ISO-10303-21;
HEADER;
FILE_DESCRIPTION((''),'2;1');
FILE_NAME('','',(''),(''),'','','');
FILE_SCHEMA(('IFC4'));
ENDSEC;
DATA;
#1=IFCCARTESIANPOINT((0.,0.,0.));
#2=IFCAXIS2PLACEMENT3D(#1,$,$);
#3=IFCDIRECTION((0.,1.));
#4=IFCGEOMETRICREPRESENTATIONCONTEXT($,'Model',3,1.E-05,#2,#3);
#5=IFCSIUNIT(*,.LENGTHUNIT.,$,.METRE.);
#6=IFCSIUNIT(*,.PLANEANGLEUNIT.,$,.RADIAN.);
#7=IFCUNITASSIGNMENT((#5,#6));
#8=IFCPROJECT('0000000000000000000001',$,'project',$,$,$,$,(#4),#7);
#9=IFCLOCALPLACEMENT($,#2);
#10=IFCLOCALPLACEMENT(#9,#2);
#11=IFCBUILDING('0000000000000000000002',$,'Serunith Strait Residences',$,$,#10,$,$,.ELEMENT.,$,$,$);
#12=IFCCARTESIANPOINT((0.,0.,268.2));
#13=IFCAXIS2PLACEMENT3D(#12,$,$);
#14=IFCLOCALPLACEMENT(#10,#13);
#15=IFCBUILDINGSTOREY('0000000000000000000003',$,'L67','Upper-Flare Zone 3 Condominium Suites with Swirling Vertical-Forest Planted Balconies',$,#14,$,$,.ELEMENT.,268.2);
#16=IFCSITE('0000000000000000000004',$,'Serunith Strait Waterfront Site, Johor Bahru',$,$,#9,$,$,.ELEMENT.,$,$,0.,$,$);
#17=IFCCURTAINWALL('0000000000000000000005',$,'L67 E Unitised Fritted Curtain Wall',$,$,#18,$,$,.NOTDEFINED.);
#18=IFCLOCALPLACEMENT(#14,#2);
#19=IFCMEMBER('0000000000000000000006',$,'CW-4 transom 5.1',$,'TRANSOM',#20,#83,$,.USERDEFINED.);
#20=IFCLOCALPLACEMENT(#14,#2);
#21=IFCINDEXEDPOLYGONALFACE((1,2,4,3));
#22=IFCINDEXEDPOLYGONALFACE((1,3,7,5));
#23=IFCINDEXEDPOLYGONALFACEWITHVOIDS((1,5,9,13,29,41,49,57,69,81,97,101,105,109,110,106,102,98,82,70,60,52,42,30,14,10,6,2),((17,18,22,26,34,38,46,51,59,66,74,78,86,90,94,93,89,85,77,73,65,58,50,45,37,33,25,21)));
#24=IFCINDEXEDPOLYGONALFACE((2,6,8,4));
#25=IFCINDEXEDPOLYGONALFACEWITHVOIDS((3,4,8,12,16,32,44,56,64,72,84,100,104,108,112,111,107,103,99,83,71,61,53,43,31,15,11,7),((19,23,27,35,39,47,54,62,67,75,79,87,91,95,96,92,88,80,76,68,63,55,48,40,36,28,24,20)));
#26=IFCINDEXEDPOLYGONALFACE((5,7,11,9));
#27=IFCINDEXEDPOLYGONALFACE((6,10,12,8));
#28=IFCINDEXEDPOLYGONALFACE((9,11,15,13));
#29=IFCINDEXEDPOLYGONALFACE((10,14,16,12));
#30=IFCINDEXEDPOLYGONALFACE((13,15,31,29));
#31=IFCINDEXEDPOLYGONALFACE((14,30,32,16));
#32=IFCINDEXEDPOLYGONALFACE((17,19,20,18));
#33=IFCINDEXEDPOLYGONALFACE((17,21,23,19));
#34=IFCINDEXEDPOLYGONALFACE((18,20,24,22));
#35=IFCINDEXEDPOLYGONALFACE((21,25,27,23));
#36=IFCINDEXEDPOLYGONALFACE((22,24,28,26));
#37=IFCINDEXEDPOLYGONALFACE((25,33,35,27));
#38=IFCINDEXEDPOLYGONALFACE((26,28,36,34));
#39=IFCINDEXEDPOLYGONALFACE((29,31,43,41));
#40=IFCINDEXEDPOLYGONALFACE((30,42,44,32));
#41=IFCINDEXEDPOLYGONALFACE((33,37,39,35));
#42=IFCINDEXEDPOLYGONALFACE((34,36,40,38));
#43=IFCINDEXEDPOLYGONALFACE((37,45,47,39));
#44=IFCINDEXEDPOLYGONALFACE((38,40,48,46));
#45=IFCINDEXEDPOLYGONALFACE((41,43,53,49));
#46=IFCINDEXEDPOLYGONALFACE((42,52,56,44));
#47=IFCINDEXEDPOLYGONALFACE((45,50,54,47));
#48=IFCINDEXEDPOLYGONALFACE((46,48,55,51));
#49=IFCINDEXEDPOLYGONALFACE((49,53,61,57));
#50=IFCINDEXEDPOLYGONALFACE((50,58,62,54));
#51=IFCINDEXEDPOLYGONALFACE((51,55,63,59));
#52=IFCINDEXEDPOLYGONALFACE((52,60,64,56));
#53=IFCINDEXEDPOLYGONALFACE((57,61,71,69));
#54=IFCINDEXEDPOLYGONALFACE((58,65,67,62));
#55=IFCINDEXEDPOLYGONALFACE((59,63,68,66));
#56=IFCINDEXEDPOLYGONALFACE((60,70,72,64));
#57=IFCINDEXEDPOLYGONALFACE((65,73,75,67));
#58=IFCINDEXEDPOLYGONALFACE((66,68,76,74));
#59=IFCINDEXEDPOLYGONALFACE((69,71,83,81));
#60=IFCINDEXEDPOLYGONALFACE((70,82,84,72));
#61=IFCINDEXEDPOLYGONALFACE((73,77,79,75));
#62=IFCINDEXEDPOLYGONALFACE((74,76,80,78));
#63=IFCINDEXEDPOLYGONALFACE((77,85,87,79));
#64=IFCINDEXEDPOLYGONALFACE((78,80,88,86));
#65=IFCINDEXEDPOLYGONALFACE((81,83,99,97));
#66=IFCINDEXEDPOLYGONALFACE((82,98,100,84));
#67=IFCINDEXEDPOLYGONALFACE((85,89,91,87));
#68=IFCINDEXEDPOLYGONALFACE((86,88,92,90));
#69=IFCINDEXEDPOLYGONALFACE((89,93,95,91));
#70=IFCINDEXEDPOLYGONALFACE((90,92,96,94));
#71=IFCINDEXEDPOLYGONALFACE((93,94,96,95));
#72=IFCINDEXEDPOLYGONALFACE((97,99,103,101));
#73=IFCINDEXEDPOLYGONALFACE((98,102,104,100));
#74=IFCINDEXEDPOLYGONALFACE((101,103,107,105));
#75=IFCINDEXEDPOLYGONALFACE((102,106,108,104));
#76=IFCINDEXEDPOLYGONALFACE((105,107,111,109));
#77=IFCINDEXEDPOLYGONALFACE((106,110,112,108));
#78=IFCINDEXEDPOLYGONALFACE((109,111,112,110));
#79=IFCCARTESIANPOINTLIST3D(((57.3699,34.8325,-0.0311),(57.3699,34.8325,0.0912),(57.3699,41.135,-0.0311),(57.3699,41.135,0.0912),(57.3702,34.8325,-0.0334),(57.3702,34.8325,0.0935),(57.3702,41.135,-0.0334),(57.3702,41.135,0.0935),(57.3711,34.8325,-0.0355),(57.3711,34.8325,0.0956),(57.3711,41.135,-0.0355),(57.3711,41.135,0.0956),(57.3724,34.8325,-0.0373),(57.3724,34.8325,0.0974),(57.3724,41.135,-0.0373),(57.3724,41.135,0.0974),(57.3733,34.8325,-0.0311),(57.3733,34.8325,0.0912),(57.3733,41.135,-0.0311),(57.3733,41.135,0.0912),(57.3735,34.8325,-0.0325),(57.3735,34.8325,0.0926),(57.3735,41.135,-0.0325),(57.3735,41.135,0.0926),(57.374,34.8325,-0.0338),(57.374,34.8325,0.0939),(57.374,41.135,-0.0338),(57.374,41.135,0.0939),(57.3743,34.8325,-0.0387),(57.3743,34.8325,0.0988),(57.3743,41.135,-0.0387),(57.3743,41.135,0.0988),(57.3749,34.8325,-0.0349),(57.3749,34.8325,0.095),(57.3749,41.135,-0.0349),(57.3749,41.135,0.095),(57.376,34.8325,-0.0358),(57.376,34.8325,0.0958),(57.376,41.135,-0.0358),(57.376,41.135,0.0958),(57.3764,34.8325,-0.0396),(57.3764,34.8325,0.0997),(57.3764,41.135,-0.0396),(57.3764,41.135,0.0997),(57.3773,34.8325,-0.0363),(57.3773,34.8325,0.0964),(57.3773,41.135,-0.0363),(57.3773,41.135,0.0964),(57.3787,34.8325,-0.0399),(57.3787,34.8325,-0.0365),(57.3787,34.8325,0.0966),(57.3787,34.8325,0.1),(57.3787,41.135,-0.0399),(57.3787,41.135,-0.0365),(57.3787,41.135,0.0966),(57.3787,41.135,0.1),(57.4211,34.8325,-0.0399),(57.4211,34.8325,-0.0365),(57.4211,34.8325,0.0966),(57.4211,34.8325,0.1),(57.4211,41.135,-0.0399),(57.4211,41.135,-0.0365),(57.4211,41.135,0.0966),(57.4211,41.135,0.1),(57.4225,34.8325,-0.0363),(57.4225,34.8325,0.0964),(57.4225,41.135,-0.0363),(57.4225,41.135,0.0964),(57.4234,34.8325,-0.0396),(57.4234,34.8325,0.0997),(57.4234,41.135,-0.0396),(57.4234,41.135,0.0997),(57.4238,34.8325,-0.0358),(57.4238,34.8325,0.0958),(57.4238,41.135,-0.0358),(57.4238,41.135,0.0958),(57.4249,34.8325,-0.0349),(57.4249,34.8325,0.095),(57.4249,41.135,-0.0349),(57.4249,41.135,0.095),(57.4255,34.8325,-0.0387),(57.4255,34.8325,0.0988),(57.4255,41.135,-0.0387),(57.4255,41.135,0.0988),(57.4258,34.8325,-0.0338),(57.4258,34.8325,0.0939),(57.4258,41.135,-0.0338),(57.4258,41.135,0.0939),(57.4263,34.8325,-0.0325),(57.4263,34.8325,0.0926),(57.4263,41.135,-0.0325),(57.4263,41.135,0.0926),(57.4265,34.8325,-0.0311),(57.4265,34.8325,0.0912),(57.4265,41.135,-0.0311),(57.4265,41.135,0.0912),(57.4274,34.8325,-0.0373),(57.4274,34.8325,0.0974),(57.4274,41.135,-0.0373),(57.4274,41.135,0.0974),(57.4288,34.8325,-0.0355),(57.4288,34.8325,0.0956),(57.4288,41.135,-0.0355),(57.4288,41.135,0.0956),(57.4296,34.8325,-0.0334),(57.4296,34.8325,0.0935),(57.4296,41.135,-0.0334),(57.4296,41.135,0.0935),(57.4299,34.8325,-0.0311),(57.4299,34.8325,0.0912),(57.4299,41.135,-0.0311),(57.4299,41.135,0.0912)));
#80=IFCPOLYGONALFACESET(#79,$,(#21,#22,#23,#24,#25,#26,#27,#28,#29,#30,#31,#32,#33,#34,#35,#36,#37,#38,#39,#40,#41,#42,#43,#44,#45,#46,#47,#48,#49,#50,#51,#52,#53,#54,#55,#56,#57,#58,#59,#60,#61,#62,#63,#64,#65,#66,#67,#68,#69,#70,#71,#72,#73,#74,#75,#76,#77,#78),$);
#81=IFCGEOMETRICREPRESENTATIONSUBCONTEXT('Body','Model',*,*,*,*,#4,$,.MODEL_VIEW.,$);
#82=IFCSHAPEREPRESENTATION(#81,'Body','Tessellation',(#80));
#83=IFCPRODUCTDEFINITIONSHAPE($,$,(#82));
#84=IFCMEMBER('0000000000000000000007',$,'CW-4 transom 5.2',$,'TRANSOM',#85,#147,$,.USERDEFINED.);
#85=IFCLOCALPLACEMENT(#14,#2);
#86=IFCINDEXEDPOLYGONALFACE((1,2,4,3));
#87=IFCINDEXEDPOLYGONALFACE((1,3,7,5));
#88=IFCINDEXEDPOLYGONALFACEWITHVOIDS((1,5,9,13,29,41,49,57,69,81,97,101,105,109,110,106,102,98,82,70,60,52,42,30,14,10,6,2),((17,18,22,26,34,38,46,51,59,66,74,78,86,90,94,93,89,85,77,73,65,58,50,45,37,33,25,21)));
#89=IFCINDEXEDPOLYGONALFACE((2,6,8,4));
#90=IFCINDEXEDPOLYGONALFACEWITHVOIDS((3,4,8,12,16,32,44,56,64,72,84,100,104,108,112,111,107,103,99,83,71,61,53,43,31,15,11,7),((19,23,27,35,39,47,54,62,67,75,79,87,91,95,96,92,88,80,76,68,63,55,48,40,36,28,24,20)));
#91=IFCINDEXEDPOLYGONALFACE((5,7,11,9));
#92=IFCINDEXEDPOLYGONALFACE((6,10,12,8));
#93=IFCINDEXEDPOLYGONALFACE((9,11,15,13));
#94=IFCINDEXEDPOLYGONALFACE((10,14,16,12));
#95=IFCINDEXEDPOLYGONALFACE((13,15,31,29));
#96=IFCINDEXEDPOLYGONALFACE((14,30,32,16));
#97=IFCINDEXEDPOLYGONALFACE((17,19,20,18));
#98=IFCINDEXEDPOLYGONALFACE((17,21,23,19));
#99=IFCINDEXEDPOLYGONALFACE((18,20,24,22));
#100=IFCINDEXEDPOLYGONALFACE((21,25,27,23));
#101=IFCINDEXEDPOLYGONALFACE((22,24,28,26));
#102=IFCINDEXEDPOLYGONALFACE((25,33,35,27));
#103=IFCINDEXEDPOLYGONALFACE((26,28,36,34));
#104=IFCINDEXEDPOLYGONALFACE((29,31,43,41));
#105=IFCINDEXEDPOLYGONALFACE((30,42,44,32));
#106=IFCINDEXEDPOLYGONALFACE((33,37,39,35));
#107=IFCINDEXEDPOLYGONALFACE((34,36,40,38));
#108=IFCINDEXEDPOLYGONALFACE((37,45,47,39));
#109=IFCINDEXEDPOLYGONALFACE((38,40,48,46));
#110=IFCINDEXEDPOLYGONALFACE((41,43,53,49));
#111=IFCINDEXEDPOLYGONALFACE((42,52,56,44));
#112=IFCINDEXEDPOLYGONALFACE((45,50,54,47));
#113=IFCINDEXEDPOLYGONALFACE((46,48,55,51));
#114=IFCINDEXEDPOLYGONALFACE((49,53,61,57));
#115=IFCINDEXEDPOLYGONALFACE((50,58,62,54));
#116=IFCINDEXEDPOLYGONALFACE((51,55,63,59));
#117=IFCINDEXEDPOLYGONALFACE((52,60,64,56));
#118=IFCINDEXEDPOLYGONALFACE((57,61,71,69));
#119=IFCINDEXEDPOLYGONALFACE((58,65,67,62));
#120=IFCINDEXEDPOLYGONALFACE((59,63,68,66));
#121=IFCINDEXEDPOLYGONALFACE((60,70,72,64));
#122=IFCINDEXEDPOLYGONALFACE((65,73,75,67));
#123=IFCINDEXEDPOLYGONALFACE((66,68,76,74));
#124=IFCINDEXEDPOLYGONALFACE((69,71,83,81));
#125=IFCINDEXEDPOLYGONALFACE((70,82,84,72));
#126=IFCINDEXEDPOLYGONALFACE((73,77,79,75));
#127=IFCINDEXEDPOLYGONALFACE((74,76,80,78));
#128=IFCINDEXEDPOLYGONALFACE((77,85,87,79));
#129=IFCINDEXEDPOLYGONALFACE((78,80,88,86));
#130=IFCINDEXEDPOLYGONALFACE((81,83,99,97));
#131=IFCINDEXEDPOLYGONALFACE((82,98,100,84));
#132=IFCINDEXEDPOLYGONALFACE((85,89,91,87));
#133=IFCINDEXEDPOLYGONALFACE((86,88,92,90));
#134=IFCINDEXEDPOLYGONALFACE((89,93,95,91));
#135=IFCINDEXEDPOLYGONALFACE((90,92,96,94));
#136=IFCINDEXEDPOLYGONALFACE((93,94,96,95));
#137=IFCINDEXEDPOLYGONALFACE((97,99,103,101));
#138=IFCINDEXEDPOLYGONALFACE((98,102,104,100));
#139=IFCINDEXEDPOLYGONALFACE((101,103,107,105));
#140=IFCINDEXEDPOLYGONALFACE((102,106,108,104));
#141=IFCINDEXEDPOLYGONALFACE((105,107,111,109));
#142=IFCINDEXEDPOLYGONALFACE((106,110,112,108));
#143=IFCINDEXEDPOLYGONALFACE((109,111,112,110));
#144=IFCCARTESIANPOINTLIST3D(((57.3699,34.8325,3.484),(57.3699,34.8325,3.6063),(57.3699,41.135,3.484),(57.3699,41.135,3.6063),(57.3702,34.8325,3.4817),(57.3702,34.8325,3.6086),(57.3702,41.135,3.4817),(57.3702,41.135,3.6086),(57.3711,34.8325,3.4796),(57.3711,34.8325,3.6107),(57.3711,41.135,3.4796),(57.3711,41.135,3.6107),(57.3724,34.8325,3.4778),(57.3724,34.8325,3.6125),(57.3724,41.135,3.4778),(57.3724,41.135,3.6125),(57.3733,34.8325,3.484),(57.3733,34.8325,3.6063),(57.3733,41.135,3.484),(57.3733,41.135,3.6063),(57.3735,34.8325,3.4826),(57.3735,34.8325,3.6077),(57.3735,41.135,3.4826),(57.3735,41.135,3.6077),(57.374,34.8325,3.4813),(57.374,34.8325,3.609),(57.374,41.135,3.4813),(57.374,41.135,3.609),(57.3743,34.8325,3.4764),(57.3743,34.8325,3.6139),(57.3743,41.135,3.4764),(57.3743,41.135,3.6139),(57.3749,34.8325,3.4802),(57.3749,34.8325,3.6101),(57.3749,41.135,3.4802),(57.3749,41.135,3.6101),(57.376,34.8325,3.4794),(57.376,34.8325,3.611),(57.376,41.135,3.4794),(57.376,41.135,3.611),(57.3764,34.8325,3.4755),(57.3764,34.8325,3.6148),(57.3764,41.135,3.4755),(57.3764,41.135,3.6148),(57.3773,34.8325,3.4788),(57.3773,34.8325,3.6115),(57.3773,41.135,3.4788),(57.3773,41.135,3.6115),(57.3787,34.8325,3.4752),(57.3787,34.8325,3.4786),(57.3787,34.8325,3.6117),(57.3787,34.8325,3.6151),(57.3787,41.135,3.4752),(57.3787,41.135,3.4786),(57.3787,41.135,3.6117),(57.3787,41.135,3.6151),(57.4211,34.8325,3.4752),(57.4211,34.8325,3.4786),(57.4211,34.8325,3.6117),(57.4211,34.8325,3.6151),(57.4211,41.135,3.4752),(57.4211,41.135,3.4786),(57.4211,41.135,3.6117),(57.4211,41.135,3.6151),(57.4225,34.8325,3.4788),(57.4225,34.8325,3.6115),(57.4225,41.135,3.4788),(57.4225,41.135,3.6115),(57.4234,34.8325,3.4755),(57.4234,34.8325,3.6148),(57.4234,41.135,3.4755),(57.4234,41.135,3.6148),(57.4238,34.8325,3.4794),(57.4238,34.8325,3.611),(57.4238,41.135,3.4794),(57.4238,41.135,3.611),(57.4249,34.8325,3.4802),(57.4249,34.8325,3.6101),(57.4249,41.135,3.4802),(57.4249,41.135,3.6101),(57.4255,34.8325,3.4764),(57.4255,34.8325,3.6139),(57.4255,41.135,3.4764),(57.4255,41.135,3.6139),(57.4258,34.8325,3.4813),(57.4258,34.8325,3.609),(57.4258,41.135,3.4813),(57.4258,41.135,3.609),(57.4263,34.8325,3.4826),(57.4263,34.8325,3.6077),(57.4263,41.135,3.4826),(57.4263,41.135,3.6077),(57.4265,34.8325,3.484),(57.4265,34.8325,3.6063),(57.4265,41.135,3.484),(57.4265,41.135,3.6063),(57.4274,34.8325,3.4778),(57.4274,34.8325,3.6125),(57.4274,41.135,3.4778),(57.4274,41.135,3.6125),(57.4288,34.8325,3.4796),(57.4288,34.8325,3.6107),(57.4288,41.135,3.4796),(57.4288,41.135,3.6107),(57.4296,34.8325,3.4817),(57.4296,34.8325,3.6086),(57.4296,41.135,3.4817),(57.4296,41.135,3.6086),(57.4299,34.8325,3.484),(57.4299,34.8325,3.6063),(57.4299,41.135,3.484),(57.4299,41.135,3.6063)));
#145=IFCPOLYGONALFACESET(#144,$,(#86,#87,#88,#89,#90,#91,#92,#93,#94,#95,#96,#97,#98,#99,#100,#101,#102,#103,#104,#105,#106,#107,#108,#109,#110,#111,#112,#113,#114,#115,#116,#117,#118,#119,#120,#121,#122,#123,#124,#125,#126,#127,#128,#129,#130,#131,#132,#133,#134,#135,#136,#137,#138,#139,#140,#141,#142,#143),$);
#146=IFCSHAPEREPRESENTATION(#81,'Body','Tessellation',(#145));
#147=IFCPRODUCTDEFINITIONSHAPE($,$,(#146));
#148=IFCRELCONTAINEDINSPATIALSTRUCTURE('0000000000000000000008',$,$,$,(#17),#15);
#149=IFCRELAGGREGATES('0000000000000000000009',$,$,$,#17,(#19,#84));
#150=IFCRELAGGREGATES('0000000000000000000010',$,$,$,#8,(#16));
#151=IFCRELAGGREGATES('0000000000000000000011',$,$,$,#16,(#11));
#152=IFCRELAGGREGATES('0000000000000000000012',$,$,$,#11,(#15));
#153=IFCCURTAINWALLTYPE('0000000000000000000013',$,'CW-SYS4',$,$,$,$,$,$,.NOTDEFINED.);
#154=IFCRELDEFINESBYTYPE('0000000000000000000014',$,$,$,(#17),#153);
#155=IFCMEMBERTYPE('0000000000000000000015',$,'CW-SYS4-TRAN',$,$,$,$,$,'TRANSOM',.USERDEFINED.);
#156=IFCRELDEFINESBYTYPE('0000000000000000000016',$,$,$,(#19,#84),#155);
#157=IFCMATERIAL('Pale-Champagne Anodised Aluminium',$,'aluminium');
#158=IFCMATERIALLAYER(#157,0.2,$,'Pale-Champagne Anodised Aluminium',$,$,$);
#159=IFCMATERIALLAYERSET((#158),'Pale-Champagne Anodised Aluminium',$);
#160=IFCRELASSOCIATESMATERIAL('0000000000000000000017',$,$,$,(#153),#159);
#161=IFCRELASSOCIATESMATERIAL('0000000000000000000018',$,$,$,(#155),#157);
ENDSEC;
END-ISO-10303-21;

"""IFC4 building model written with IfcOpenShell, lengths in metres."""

from ifc_helpers import new_model, si_unit, direction, frame, origin, origin_2d, place, context, subcontext, project, spatial, hollow_rectangle, extrude, source, transform, mapped, material, layer, layer_set, material_profile, profile_set, type_object, element, aggregate, save


model = new_model("IFC4")

# Units and contexts
model_context = context("Model", 3, precision=1e-05, world=origin(), true_north=direction((0.0, 1.0)))
body_context = subcontext(model_context, "Body", "Model", "MODEL_VIEW")
ifc_project = project(units=[si_unit("LENGTHUNIT", "METRE"), si_unit("PLANEANGLEUNIT", "RADIAN")], contexts=[model_context])

# Site, building, storey
site_placement = place(None, origin())
site = spatial("IfcSite", under=ifc_project, at=site_placement, Name="Serunith Strait Waterfront Site, Johor Bahru", CompositionType="ELEMENT", RefElevation=0.0)
building_placement = place(site_placement, origin())
building = spatial("IfcBuilding", under=site, at=building_placement, Name="Serunith Strait Residences", CompositionType="ELEMENT")
storey_placement = place(building_placement, frame((0.0, 0.0, 268.2)))
storey = spatial("IfcBuildingStorey", under=building, at=storey_placement, Name="L67", Description="Upper-Flare Zone 3 Condominium Suites with Swirling Vertical-Forest Planted Balconies", CompositionType="ELEMENT", Elevation=268.2)

# Curtain wall, members
ifc_material_1 = material(Name="Pale-Champagne Anodised Aluminium", Category="aluminium")
ifc_layer_1 = layer(ifc_material_1, 0.2, Name="Pale-Champagne Anodised Aluminium")
ifc_layer_set_1 = layer_set([ifc_layer_1], Name="Pale-Champagne Anodised Aluminium")
curtain_wall_type = type_object("IfcCurtainWallType", Name="CW-SYS4", PredefinedType="NOTDEFINED", material=ifc_layer_set_1)
curtain_wall_placement = place(storey_placement, origin())
curtain_wall = element("IfcCurtainWall", 1, at=curtain_wall_placement, inside=storey, type_object=curtain_wall_type, Name="L67 E Unitised Fritted Curtain Wall", PredefinedType="NOTDEFINED")
ifc_material_profile_1 = material_profile(ifc_material_1, hollow_rectangle(XDim=0.0601, YDim=0.1399, WallThickness=0.0034, InnerFilletRadius=0.0054, OuterFilletRadius=0.0088, at=origin_2d()), Name="ALU 140x60x3.5")
ifc_profile_set_1 = profile_set([ifc_material_profile_1], Name="Pale-Champagne Anodised Aluminium")
member_type_1 = type_object("IfcMemberType", Name="CW-SYS4-TRAN", ElementType="TRANSOM", PredefinedType="USERDEFINED", material=ifc_profile_set_1)
shared_shape_1 = source(origin(), body_context, "Body", "SweptSolid", [
    extrude(hollow_rectangle(XDim=0.0601, YDim=0.1399, WallThickness=0.0034, InnerFilletRadius=0.0054, OuterFilletRadius=0.0088, at=origin_2d()), origin(), (0.0, 0.0, 1.0), 6.3025),
])
member_1_placement = place(storey_placement, frame((57.3999, 34.8325, 0.03), z_axis=(0.0, 1.0, 0.0), x_axis=(-1.0, 0.0, 0.0)))
member_1 = element("IfcMember", 2, at=member_1_placement, type_object=member_type_1, Name="CW-4 transom 5.1", ObjectType="TRANSOM", PredefinedType="USERDEFINED", context=body_context, shape_type="MappedRepresentation", body=[
    mapped(shared_shape_1, transform((0.0, 0.0, 0.0), scale=1.0)),
])
member_2_placement = place(storey_placement, frame((57.3999, 34.8325, 3.5452), z_axis=(0.0, 1.0, 0.0), x_axis=(-1.0, 0.0, 0.0)))
member_2 = element("IfcMember", 3, at=member_2_placement, type_object=member_type_1, Name="CW-4 transom 5.2", ObjectType="TRANSOM", PredefinedType="USERDEFINED", context=body_context, shape_type="MappedRepresentation", body=[
    mapped(shared_shape_1, transform((0.0, 0.0, 0.0), scale=1.0)),
])
aggregate(curtain_wall, [member_1, member_2])

save(model, "model.ifc")
